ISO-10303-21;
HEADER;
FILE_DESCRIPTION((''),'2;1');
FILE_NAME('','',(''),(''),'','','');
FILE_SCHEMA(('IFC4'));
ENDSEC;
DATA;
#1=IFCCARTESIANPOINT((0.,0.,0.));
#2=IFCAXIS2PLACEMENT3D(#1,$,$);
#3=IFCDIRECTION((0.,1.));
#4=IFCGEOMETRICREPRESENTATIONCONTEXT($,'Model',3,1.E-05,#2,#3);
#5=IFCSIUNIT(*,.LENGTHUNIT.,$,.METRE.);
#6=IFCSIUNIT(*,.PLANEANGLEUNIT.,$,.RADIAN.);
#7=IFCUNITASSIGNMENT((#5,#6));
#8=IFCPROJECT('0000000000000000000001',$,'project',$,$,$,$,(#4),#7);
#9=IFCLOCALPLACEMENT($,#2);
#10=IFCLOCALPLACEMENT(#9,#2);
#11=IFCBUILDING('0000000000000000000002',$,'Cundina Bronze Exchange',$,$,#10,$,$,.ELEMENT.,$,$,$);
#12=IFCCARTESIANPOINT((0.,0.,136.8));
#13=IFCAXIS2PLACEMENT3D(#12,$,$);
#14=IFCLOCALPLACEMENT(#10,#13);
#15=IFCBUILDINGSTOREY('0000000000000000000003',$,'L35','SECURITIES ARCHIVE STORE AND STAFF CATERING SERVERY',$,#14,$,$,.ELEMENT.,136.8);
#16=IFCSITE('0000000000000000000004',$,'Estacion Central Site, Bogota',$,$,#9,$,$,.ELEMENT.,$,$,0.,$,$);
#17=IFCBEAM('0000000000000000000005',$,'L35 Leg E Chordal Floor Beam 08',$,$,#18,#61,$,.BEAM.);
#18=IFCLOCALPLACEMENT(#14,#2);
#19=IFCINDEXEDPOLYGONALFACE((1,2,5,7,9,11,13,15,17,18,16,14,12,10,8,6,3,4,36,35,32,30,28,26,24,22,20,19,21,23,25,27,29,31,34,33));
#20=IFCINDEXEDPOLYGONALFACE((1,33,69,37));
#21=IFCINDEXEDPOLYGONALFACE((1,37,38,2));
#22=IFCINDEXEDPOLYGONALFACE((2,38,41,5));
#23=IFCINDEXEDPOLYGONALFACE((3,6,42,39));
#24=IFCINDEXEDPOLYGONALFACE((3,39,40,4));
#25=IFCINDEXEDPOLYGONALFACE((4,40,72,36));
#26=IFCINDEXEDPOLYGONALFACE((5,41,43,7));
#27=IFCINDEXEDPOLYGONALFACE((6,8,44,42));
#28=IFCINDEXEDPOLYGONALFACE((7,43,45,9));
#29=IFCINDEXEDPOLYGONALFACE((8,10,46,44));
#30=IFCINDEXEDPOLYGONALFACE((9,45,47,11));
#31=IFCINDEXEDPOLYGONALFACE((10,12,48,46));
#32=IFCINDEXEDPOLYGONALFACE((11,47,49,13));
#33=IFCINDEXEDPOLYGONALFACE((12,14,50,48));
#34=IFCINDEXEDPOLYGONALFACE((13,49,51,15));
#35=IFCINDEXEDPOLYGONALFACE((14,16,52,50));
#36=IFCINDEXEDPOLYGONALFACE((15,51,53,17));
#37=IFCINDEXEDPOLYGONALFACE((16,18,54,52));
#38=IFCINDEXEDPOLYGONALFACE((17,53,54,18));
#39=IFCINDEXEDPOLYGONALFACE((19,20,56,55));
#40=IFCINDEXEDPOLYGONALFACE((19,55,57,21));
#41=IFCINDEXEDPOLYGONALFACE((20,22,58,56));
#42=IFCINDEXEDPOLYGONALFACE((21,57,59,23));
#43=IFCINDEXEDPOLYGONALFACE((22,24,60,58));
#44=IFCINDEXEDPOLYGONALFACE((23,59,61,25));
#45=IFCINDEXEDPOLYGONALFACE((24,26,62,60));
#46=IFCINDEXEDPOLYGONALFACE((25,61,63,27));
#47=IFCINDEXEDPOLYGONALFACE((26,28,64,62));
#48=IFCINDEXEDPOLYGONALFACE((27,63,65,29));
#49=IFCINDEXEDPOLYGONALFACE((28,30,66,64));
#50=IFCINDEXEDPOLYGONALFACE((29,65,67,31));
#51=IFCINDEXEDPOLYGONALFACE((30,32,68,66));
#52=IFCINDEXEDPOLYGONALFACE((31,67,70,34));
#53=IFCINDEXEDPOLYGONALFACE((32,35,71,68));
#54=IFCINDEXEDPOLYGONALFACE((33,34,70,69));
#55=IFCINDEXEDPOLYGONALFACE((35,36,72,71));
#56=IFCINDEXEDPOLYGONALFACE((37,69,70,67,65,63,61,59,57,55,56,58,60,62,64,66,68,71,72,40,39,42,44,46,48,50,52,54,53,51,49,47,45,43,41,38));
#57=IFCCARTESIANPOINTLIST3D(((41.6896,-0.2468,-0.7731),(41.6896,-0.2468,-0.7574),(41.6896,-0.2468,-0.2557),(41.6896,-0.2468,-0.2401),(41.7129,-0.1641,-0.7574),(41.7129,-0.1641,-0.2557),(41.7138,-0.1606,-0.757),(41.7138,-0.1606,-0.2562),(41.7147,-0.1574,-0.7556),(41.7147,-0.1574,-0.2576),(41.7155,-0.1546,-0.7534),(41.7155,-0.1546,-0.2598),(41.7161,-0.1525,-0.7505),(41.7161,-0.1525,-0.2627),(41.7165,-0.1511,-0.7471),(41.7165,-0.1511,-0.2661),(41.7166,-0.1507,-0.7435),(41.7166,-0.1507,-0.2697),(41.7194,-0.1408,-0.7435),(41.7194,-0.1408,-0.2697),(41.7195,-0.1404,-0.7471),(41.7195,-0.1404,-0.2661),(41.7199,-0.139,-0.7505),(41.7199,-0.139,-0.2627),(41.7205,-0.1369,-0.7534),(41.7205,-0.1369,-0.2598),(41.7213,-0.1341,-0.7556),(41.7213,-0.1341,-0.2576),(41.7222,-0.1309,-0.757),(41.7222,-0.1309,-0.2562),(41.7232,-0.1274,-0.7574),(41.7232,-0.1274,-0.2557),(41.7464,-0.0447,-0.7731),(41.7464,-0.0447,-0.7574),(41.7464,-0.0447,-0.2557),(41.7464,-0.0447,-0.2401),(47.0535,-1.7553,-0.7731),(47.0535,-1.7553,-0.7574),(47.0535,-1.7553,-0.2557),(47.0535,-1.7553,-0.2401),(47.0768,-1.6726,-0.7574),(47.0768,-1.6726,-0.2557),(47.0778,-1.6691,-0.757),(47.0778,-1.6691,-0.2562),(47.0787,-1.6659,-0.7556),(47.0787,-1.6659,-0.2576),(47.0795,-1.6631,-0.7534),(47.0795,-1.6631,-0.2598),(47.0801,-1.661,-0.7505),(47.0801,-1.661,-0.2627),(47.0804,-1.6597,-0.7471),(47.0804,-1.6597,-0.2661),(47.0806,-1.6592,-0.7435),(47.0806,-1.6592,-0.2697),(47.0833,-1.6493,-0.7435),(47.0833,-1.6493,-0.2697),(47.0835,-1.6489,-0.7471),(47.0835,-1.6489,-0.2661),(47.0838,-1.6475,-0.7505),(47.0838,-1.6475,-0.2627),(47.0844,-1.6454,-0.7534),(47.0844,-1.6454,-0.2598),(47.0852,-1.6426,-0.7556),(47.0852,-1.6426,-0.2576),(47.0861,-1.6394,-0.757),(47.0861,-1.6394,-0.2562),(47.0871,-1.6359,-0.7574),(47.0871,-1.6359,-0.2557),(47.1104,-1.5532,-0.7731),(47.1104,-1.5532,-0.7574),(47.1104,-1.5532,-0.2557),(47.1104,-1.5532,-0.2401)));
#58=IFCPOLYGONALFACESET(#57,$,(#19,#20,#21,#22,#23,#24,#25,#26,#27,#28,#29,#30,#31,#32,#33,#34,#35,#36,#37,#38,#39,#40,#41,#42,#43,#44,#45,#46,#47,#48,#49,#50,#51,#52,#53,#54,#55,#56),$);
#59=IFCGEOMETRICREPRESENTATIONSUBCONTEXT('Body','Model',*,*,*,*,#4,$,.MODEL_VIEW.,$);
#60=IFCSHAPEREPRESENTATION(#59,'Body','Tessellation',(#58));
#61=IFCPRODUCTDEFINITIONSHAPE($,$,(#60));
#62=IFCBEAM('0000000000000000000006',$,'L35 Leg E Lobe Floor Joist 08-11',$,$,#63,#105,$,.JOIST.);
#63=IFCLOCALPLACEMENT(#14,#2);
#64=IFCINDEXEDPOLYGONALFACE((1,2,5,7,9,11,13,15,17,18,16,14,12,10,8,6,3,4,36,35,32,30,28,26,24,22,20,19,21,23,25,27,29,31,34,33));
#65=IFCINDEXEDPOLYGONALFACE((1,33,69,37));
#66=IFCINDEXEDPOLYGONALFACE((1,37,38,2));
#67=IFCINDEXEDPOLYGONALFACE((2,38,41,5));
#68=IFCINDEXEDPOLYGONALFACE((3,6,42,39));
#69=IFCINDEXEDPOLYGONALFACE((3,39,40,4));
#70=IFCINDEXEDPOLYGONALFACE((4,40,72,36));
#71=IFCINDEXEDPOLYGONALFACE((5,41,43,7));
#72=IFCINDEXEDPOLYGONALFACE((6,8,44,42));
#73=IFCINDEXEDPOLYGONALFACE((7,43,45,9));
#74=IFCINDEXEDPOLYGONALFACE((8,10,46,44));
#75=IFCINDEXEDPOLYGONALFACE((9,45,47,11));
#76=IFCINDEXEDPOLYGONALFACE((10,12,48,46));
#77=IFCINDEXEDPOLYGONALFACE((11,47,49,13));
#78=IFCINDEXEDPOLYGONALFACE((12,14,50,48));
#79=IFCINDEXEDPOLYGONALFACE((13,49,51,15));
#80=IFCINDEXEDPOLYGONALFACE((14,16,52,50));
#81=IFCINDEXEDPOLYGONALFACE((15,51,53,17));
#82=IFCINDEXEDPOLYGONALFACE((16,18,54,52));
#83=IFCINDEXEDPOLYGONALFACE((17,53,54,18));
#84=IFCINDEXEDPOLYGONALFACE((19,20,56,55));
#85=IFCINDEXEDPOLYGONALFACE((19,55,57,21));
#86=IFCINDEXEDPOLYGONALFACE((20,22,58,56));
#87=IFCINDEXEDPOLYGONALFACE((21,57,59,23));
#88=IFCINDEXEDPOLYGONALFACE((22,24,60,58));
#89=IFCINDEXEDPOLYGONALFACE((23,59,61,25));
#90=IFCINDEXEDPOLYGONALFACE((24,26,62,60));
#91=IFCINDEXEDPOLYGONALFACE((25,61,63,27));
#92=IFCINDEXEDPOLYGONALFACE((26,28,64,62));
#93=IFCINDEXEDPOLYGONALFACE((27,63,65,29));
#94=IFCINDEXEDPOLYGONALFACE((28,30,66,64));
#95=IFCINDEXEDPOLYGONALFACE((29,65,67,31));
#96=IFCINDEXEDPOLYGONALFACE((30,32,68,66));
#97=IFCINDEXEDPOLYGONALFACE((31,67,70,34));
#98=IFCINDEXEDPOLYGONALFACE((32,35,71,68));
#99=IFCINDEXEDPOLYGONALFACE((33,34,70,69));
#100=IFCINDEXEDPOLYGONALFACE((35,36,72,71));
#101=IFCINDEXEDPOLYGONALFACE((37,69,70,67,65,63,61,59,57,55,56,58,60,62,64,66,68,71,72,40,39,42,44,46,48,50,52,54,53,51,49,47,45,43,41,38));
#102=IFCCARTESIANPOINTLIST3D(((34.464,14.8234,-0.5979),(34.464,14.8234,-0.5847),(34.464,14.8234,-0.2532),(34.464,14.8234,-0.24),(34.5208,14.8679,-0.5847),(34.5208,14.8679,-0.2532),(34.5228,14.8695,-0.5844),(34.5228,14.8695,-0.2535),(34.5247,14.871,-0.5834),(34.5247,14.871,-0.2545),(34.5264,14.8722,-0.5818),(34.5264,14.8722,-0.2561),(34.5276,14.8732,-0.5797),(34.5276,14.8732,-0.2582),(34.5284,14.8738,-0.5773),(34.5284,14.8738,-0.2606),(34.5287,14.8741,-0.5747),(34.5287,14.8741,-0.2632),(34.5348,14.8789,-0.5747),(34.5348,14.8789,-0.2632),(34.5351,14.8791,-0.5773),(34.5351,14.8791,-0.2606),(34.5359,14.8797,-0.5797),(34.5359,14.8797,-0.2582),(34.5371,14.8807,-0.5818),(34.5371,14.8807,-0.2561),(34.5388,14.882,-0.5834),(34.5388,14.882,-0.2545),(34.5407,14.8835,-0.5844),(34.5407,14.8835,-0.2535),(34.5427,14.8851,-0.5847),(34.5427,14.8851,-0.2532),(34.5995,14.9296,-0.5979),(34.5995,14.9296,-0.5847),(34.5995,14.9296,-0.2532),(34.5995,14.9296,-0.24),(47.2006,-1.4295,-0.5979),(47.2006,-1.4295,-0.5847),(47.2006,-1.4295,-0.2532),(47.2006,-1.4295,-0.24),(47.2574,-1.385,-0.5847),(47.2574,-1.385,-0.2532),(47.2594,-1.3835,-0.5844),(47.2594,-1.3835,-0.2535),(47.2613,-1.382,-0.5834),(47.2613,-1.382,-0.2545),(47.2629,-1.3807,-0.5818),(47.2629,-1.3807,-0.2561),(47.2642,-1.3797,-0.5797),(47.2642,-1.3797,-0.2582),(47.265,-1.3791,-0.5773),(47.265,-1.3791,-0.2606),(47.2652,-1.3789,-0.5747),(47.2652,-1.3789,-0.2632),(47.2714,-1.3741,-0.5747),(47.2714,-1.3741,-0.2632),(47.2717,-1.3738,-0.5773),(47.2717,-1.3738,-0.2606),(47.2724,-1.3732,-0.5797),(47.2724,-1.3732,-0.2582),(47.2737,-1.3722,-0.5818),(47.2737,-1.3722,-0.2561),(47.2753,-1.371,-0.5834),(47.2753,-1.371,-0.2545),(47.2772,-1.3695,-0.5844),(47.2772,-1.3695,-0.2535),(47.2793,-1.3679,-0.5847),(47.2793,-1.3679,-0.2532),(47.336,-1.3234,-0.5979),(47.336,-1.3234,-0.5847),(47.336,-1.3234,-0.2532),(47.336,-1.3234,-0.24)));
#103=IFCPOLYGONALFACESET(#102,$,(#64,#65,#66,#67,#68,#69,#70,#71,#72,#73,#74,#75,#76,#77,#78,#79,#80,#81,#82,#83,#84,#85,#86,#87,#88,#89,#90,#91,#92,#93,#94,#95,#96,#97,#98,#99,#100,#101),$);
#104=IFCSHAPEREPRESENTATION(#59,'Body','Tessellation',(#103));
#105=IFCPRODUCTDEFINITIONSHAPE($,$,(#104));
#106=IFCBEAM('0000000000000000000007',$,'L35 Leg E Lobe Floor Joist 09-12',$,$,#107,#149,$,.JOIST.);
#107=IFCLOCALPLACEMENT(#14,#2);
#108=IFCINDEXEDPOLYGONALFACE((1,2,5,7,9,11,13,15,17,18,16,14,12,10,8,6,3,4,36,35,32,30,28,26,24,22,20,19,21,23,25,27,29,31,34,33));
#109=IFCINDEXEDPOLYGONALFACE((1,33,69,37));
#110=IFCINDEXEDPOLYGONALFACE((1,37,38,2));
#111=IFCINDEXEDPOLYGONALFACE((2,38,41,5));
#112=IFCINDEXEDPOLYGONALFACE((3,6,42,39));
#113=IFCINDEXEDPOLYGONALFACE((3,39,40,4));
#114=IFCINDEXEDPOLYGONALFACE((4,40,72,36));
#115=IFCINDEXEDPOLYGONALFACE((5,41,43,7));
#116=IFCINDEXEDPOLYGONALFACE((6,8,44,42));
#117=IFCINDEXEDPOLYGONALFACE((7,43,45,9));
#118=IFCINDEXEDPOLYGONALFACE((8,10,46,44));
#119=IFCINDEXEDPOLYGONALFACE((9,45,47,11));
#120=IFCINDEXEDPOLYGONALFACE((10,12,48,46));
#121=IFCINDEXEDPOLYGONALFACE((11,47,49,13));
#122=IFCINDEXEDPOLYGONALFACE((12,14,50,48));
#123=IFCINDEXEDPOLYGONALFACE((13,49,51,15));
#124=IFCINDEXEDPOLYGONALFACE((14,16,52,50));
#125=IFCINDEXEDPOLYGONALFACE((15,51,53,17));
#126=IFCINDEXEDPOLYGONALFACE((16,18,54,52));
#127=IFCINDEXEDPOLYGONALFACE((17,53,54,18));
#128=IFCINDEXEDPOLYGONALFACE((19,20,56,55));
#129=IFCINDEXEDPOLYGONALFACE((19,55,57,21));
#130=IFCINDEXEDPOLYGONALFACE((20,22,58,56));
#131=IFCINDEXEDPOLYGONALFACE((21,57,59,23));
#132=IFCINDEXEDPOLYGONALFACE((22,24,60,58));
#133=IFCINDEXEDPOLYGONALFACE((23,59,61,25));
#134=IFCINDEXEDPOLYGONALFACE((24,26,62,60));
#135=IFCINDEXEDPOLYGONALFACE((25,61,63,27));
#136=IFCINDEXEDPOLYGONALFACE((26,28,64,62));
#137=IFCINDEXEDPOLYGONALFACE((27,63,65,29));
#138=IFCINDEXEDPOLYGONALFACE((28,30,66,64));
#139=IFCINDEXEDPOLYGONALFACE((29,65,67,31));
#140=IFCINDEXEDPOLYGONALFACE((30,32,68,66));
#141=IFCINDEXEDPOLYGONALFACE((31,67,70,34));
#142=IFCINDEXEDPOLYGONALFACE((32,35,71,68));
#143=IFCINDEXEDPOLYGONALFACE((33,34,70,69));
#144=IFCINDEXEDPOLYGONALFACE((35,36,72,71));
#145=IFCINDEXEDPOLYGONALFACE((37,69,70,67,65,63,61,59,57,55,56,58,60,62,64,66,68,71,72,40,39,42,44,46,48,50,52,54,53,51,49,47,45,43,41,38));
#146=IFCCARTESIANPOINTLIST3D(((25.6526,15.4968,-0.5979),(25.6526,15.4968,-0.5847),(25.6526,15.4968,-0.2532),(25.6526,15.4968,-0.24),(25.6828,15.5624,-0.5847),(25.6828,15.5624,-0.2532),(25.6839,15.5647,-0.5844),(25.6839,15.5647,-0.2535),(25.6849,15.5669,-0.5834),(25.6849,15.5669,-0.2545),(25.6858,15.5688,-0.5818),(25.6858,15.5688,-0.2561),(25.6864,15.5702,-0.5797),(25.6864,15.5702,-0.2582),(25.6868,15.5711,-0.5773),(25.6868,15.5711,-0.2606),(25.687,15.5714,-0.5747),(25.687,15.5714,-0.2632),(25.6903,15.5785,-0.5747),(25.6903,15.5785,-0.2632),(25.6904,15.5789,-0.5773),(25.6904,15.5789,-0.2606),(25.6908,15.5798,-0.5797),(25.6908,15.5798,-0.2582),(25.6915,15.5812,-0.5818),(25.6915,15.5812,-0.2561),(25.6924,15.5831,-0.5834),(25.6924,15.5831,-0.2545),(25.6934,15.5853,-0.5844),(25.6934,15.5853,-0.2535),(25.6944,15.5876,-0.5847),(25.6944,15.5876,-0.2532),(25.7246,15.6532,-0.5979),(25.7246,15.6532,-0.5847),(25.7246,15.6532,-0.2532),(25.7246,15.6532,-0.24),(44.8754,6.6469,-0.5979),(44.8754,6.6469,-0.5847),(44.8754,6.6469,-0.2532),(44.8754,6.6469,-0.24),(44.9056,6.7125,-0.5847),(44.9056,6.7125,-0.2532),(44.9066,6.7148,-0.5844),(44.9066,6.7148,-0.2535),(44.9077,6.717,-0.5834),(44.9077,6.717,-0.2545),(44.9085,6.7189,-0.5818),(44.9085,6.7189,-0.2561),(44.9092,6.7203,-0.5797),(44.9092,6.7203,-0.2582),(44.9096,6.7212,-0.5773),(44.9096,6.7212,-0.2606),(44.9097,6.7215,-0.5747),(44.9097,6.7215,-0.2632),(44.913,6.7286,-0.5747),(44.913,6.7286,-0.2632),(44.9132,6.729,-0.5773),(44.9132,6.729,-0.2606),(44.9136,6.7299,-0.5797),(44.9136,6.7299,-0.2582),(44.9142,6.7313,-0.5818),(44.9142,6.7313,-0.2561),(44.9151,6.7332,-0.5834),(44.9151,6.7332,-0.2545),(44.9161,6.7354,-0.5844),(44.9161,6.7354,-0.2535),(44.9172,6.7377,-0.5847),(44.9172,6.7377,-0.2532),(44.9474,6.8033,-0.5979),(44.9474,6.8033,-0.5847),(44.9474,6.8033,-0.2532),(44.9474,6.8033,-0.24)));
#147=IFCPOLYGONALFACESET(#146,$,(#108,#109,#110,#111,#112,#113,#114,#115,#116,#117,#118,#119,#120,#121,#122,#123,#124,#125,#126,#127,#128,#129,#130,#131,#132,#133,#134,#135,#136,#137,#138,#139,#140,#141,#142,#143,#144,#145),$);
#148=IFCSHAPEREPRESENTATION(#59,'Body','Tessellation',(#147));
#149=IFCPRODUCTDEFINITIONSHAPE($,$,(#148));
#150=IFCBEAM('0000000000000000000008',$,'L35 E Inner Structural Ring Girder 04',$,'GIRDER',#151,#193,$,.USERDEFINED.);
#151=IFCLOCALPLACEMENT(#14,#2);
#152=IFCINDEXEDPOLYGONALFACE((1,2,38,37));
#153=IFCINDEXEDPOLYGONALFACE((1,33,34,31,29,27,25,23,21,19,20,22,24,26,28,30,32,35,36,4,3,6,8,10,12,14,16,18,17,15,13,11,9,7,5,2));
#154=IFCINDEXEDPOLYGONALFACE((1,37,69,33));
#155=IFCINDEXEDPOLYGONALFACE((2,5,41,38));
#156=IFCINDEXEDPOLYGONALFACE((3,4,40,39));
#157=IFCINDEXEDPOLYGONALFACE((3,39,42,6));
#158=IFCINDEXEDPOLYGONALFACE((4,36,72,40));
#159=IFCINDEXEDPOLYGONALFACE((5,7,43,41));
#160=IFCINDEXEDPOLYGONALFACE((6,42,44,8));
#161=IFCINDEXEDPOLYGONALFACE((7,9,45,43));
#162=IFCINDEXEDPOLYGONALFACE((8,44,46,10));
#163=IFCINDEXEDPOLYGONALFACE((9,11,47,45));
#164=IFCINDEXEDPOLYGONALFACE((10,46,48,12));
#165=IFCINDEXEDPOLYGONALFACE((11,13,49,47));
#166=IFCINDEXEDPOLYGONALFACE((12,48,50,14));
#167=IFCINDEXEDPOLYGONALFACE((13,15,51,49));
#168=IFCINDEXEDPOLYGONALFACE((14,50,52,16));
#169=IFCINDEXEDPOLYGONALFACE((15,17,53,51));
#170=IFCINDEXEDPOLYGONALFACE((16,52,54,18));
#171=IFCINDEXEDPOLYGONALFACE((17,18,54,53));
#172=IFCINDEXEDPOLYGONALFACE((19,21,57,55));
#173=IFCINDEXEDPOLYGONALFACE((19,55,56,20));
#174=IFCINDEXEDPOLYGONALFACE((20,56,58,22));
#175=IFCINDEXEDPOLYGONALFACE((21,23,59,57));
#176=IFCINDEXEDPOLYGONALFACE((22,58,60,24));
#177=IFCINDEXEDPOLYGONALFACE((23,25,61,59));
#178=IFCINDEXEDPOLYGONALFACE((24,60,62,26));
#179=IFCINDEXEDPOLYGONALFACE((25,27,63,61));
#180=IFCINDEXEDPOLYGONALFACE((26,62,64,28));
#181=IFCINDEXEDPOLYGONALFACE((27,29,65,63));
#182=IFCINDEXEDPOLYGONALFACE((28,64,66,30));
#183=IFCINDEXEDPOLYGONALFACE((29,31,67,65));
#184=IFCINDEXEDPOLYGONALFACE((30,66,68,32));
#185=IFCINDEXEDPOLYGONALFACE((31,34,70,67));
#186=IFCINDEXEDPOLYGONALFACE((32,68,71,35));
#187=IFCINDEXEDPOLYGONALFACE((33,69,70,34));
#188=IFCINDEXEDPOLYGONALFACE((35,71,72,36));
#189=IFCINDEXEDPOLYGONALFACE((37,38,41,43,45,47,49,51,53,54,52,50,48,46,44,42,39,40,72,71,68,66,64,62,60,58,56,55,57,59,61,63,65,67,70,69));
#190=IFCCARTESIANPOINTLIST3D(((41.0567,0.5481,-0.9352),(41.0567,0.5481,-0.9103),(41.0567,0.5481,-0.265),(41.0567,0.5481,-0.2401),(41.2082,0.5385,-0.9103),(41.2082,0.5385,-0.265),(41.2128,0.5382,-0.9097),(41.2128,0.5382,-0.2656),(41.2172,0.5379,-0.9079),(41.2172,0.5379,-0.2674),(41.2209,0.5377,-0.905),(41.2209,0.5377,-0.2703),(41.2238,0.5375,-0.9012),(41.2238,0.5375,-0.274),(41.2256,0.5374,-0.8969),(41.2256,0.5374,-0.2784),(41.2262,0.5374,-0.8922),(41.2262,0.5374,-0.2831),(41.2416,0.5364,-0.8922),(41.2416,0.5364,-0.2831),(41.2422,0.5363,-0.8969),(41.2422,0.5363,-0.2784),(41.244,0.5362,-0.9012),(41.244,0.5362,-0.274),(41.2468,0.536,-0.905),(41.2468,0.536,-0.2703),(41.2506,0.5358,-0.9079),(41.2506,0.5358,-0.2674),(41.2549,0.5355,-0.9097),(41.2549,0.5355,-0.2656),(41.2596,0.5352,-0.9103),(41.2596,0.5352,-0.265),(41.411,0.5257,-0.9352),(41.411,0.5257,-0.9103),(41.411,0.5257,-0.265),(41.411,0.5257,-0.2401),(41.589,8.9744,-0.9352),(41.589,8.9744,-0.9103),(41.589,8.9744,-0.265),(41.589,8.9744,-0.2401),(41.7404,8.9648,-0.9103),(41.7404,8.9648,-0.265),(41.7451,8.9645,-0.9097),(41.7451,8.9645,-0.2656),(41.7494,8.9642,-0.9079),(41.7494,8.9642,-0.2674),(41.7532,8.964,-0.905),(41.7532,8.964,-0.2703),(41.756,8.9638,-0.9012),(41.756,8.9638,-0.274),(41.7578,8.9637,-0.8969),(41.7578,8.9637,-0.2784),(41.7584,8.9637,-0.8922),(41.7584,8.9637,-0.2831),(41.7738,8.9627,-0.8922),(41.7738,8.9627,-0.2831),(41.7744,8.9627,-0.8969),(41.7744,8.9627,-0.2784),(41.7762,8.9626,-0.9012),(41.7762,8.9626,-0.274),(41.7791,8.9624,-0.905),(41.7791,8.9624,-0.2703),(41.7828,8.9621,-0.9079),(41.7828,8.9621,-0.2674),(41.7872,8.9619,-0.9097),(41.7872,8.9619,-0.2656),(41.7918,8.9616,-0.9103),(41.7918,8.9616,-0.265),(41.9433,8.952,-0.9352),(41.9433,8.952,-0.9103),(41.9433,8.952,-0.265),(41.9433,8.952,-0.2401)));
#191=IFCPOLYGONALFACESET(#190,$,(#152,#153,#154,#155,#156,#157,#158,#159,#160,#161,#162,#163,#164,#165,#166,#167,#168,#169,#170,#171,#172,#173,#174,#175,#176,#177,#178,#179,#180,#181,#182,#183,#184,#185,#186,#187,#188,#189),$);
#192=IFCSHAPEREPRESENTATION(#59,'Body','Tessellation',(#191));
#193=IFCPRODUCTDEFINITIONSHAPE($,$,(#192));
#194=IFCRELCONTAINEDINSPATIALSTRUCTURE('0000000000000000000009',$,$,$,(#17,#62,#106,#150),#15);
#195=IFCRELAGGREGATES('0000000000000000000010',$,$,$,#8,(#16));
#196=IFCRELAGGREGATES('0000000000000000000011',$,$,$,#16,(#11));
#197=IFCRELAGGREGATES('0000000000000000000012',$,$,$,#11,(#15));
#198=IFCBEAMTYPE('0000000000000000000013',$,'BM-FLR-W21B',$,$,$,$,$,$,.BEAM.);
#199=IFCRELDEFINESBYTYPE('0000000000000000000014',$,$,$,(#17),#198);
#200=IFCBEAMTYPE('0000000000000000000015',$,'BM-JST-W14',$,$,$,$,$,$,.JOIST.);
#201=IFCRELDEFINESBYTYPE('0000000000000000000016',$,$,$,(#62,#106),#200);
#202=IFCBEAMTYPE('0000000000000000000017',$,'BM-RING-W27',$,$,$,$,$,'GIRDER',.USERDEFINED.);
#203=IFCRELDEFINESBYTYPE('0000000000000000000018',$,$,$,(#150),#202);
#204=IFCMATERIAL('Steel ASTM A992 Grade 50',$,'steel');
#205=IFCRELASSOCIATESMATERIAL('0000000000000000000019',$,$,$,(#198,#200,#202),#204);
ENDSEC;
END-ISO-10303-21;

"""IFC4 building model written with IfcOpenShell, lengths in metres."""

from ifc_helpers import new_model, si_unit, direction, frame, origin, origin_2d, place, context, subcontext, project, spatial, i_section, extrude, material, material_profile, profile_set, type_object, element, save


model = new_model("IFC4")

# Units and contexts
model_context = context("Model", 3, precision=1e-05, world=origin(), true_north=direction((0.0, 1.0)))
body_context = subcontext(model_context, "Body", "Model", "MODEL_VIEW")
ifc_project = project(units=[si_unit("LENGTHUNIT", "METRE"), si_unit("PLANEANGLEUNIT", "RADIAN")], contexts=[model_context])

# Site, building, storey
site_placement = place(None, origin())
site = spatial("IfcSite", under=ifc_project, at=site_placement, Name="Estacion Central Site, Bogota", CompositionType="ELEMENT", RefElevation=0.0)
building_placement = place(site_placement, origin())
building = spatial("IfcBuilding", under=site, at=building_placement, Name="Cundina Bronze Exchange", CompositionType="ELEMENT")
storey_placement = place(building_placement, frame((0.0, 0.0, 136.8)))
storey = spatial("IfcBuildingStorey", under=building, at=storey_placement, Name="L35", Description="SECURITIES ARCHIVE STORE AND STAFF CATERING SERVERY", CompositionType="ELEMENT", Elevation=136.8)

# Shared definitions
ifc_material_1 = material(Name="Steel ASTM A992 Grade 50", Category="steel")

# Beams
ifc_material_profile_1 = material_profile(ifc_material_1, i_section(OverallWidth=0.21, OverallDepth=0.533, WebThickness=0.0103, FlangeThickness=0.0156, FilletRadius=0.0139, at=origin_2d()), Name="W21X62", Category="steel")
ifc_profile_set_1 = profile_set([ifc_material_profile_1], Name="Steel ASTM A992 Grade 50")
beam_type_1 = type_object("IfcBeamType", Name="BM-FLR-W21B", PredefinedType="BEAM", material=ifc_profile_set_1)
beam_1_placement = place(storey_placement, frame((41.718, -0.1458, -0.5066), z_axis=(0.962655, -0.270732, 0.0), x_axis=(0.270732, 0.962655, 0.0)))
element("IfcBeam", 1, at=beam_1_placement, inside=storey, type_object=beam_type_1, Name="L35 Leg E Chordal Floor Beam 08", PredefinedType="BEAM", context=body_context, shape_type="SweptSolid", body=[
    extrude(i_section(OverallWidth=0.21, OverallDepth=0.533, WebThickness=0.0103, FlangeThickness=0.0156, FilletRadius=0.0139, at=origin_2d()), origin(), (0.0, 0.0, 1.0), 5.572),
])
ifc_material_profile_2 = material_profile(ifc_material_1, i_section(OverallWidth=0.1721, OverallDepth=0.3579, WebThickness=0.0078, FlangeThickness=0.0132, FilletRadius=0.01, at=origin_2d()), Name="W14X38", Category="steel")
ifc_profile_set_2 = profile_set([ifc_material_profile_2], Name="Steel ASTM A992 Grade 50")
beam_type_2 = type_object("IfcBeamType", Name="BM-JST-W14", PredefinedType="JOIST", material=ifc_profile_set_2)
beam_2_placement = place(storey_placement, frame((47.2683, -1.3765, -0.4189), z_axis=(-0.616815, 0.787108, 0.0), x_axis=(-0.787108, -0.616815, 0.0)))
element("IfcBeam", 2, at=beam_2_placement, inside=storey, type_object=beam_type_2, Name="L35 Leg E Lobe Floor Joist 08-11", PredefinedType="JOIST", context=body_context, shape_type="SweptSolid", body=[
    extrude(i_section(OverallWidth=0.1721, OverallDepth=0.3579, WebThickness=0.0078, FlangeThickness=0.0132, FilletRadius=0.01, at=origin_2d()), origin(), (0.0, 0.0, 1.0), 20.6489),
])
beam_3_placement = place(storey_placement, frame((44.9114, 6.7251, -0.4189), z_axis=(-0.908357, 0.418195, 0.0), x_axis=(-0.418195, -0.908357, 0.0)))
element("IfcBeam", 3, at=beam_3_placement, inside=storey, type_object=beam_type_2, Name="L35 Leg E Lobe Floor Joist 09-12", PredefinedType="JOIST", context=body_context, shape_type="SweptSolid", body=[
    extrude(i_section(OverallWidth=0.1721, OverallDepth=0.3579, WebThickness=0.0078, FlangeThickness=0.0132, FilletRadius=0.01, at=origin_2d()), origin(), (0.0, 0.0, 1.0), 21.1621),
])
ifc_material_profile_3 = material_profile(ifc_material_1, i_section(OverallWidth=0.355, OverallDepth=0.6951, WebThickness=0.0154, FlangeThickness=0.0249, FilletRadius=0.0181, at=origin_2d()), Name="W27X146", Category="steel")
ifc_profile_set_3 = profile_set([ifc_material_profile_3], Name="Steel ASTM A992 Grade 50")
beam_type_3 = type_object("IfcBeamType", Name="BM-RING-W27", ElementType="GIRDER", PredefinedType="USERDEFINED", material=ifc_profile_set_3)
beam_4_placement = place(storey_placement, frame((41.2339, 0.5369, -0.5876), z_axis=(0.063037, 0.998011, 0.0), x_axis=(-0.998011, 0.063037, 0.0)))
element("IfcBeam", 4, at=beam_4_placement, inside=storey, type_object=beam_type_3, Name="L35 E Inner Structural Ring Girder 04", ObjectType="GIRDER", PredefinedType="USERDEFINED", context=body_context, shape_type="SweptSolid", body=[
    extrude(i_section(OverallWidth=0.355, OverallDepth=0.6951, WebThickness=0.0154, FlangeThickness=0.0249, FilletRadius=0.0181, at=origin_2d()), origin(), (0.0, 0.0, 1.0), 8.4431),
])

save(model, "model.ifc")
